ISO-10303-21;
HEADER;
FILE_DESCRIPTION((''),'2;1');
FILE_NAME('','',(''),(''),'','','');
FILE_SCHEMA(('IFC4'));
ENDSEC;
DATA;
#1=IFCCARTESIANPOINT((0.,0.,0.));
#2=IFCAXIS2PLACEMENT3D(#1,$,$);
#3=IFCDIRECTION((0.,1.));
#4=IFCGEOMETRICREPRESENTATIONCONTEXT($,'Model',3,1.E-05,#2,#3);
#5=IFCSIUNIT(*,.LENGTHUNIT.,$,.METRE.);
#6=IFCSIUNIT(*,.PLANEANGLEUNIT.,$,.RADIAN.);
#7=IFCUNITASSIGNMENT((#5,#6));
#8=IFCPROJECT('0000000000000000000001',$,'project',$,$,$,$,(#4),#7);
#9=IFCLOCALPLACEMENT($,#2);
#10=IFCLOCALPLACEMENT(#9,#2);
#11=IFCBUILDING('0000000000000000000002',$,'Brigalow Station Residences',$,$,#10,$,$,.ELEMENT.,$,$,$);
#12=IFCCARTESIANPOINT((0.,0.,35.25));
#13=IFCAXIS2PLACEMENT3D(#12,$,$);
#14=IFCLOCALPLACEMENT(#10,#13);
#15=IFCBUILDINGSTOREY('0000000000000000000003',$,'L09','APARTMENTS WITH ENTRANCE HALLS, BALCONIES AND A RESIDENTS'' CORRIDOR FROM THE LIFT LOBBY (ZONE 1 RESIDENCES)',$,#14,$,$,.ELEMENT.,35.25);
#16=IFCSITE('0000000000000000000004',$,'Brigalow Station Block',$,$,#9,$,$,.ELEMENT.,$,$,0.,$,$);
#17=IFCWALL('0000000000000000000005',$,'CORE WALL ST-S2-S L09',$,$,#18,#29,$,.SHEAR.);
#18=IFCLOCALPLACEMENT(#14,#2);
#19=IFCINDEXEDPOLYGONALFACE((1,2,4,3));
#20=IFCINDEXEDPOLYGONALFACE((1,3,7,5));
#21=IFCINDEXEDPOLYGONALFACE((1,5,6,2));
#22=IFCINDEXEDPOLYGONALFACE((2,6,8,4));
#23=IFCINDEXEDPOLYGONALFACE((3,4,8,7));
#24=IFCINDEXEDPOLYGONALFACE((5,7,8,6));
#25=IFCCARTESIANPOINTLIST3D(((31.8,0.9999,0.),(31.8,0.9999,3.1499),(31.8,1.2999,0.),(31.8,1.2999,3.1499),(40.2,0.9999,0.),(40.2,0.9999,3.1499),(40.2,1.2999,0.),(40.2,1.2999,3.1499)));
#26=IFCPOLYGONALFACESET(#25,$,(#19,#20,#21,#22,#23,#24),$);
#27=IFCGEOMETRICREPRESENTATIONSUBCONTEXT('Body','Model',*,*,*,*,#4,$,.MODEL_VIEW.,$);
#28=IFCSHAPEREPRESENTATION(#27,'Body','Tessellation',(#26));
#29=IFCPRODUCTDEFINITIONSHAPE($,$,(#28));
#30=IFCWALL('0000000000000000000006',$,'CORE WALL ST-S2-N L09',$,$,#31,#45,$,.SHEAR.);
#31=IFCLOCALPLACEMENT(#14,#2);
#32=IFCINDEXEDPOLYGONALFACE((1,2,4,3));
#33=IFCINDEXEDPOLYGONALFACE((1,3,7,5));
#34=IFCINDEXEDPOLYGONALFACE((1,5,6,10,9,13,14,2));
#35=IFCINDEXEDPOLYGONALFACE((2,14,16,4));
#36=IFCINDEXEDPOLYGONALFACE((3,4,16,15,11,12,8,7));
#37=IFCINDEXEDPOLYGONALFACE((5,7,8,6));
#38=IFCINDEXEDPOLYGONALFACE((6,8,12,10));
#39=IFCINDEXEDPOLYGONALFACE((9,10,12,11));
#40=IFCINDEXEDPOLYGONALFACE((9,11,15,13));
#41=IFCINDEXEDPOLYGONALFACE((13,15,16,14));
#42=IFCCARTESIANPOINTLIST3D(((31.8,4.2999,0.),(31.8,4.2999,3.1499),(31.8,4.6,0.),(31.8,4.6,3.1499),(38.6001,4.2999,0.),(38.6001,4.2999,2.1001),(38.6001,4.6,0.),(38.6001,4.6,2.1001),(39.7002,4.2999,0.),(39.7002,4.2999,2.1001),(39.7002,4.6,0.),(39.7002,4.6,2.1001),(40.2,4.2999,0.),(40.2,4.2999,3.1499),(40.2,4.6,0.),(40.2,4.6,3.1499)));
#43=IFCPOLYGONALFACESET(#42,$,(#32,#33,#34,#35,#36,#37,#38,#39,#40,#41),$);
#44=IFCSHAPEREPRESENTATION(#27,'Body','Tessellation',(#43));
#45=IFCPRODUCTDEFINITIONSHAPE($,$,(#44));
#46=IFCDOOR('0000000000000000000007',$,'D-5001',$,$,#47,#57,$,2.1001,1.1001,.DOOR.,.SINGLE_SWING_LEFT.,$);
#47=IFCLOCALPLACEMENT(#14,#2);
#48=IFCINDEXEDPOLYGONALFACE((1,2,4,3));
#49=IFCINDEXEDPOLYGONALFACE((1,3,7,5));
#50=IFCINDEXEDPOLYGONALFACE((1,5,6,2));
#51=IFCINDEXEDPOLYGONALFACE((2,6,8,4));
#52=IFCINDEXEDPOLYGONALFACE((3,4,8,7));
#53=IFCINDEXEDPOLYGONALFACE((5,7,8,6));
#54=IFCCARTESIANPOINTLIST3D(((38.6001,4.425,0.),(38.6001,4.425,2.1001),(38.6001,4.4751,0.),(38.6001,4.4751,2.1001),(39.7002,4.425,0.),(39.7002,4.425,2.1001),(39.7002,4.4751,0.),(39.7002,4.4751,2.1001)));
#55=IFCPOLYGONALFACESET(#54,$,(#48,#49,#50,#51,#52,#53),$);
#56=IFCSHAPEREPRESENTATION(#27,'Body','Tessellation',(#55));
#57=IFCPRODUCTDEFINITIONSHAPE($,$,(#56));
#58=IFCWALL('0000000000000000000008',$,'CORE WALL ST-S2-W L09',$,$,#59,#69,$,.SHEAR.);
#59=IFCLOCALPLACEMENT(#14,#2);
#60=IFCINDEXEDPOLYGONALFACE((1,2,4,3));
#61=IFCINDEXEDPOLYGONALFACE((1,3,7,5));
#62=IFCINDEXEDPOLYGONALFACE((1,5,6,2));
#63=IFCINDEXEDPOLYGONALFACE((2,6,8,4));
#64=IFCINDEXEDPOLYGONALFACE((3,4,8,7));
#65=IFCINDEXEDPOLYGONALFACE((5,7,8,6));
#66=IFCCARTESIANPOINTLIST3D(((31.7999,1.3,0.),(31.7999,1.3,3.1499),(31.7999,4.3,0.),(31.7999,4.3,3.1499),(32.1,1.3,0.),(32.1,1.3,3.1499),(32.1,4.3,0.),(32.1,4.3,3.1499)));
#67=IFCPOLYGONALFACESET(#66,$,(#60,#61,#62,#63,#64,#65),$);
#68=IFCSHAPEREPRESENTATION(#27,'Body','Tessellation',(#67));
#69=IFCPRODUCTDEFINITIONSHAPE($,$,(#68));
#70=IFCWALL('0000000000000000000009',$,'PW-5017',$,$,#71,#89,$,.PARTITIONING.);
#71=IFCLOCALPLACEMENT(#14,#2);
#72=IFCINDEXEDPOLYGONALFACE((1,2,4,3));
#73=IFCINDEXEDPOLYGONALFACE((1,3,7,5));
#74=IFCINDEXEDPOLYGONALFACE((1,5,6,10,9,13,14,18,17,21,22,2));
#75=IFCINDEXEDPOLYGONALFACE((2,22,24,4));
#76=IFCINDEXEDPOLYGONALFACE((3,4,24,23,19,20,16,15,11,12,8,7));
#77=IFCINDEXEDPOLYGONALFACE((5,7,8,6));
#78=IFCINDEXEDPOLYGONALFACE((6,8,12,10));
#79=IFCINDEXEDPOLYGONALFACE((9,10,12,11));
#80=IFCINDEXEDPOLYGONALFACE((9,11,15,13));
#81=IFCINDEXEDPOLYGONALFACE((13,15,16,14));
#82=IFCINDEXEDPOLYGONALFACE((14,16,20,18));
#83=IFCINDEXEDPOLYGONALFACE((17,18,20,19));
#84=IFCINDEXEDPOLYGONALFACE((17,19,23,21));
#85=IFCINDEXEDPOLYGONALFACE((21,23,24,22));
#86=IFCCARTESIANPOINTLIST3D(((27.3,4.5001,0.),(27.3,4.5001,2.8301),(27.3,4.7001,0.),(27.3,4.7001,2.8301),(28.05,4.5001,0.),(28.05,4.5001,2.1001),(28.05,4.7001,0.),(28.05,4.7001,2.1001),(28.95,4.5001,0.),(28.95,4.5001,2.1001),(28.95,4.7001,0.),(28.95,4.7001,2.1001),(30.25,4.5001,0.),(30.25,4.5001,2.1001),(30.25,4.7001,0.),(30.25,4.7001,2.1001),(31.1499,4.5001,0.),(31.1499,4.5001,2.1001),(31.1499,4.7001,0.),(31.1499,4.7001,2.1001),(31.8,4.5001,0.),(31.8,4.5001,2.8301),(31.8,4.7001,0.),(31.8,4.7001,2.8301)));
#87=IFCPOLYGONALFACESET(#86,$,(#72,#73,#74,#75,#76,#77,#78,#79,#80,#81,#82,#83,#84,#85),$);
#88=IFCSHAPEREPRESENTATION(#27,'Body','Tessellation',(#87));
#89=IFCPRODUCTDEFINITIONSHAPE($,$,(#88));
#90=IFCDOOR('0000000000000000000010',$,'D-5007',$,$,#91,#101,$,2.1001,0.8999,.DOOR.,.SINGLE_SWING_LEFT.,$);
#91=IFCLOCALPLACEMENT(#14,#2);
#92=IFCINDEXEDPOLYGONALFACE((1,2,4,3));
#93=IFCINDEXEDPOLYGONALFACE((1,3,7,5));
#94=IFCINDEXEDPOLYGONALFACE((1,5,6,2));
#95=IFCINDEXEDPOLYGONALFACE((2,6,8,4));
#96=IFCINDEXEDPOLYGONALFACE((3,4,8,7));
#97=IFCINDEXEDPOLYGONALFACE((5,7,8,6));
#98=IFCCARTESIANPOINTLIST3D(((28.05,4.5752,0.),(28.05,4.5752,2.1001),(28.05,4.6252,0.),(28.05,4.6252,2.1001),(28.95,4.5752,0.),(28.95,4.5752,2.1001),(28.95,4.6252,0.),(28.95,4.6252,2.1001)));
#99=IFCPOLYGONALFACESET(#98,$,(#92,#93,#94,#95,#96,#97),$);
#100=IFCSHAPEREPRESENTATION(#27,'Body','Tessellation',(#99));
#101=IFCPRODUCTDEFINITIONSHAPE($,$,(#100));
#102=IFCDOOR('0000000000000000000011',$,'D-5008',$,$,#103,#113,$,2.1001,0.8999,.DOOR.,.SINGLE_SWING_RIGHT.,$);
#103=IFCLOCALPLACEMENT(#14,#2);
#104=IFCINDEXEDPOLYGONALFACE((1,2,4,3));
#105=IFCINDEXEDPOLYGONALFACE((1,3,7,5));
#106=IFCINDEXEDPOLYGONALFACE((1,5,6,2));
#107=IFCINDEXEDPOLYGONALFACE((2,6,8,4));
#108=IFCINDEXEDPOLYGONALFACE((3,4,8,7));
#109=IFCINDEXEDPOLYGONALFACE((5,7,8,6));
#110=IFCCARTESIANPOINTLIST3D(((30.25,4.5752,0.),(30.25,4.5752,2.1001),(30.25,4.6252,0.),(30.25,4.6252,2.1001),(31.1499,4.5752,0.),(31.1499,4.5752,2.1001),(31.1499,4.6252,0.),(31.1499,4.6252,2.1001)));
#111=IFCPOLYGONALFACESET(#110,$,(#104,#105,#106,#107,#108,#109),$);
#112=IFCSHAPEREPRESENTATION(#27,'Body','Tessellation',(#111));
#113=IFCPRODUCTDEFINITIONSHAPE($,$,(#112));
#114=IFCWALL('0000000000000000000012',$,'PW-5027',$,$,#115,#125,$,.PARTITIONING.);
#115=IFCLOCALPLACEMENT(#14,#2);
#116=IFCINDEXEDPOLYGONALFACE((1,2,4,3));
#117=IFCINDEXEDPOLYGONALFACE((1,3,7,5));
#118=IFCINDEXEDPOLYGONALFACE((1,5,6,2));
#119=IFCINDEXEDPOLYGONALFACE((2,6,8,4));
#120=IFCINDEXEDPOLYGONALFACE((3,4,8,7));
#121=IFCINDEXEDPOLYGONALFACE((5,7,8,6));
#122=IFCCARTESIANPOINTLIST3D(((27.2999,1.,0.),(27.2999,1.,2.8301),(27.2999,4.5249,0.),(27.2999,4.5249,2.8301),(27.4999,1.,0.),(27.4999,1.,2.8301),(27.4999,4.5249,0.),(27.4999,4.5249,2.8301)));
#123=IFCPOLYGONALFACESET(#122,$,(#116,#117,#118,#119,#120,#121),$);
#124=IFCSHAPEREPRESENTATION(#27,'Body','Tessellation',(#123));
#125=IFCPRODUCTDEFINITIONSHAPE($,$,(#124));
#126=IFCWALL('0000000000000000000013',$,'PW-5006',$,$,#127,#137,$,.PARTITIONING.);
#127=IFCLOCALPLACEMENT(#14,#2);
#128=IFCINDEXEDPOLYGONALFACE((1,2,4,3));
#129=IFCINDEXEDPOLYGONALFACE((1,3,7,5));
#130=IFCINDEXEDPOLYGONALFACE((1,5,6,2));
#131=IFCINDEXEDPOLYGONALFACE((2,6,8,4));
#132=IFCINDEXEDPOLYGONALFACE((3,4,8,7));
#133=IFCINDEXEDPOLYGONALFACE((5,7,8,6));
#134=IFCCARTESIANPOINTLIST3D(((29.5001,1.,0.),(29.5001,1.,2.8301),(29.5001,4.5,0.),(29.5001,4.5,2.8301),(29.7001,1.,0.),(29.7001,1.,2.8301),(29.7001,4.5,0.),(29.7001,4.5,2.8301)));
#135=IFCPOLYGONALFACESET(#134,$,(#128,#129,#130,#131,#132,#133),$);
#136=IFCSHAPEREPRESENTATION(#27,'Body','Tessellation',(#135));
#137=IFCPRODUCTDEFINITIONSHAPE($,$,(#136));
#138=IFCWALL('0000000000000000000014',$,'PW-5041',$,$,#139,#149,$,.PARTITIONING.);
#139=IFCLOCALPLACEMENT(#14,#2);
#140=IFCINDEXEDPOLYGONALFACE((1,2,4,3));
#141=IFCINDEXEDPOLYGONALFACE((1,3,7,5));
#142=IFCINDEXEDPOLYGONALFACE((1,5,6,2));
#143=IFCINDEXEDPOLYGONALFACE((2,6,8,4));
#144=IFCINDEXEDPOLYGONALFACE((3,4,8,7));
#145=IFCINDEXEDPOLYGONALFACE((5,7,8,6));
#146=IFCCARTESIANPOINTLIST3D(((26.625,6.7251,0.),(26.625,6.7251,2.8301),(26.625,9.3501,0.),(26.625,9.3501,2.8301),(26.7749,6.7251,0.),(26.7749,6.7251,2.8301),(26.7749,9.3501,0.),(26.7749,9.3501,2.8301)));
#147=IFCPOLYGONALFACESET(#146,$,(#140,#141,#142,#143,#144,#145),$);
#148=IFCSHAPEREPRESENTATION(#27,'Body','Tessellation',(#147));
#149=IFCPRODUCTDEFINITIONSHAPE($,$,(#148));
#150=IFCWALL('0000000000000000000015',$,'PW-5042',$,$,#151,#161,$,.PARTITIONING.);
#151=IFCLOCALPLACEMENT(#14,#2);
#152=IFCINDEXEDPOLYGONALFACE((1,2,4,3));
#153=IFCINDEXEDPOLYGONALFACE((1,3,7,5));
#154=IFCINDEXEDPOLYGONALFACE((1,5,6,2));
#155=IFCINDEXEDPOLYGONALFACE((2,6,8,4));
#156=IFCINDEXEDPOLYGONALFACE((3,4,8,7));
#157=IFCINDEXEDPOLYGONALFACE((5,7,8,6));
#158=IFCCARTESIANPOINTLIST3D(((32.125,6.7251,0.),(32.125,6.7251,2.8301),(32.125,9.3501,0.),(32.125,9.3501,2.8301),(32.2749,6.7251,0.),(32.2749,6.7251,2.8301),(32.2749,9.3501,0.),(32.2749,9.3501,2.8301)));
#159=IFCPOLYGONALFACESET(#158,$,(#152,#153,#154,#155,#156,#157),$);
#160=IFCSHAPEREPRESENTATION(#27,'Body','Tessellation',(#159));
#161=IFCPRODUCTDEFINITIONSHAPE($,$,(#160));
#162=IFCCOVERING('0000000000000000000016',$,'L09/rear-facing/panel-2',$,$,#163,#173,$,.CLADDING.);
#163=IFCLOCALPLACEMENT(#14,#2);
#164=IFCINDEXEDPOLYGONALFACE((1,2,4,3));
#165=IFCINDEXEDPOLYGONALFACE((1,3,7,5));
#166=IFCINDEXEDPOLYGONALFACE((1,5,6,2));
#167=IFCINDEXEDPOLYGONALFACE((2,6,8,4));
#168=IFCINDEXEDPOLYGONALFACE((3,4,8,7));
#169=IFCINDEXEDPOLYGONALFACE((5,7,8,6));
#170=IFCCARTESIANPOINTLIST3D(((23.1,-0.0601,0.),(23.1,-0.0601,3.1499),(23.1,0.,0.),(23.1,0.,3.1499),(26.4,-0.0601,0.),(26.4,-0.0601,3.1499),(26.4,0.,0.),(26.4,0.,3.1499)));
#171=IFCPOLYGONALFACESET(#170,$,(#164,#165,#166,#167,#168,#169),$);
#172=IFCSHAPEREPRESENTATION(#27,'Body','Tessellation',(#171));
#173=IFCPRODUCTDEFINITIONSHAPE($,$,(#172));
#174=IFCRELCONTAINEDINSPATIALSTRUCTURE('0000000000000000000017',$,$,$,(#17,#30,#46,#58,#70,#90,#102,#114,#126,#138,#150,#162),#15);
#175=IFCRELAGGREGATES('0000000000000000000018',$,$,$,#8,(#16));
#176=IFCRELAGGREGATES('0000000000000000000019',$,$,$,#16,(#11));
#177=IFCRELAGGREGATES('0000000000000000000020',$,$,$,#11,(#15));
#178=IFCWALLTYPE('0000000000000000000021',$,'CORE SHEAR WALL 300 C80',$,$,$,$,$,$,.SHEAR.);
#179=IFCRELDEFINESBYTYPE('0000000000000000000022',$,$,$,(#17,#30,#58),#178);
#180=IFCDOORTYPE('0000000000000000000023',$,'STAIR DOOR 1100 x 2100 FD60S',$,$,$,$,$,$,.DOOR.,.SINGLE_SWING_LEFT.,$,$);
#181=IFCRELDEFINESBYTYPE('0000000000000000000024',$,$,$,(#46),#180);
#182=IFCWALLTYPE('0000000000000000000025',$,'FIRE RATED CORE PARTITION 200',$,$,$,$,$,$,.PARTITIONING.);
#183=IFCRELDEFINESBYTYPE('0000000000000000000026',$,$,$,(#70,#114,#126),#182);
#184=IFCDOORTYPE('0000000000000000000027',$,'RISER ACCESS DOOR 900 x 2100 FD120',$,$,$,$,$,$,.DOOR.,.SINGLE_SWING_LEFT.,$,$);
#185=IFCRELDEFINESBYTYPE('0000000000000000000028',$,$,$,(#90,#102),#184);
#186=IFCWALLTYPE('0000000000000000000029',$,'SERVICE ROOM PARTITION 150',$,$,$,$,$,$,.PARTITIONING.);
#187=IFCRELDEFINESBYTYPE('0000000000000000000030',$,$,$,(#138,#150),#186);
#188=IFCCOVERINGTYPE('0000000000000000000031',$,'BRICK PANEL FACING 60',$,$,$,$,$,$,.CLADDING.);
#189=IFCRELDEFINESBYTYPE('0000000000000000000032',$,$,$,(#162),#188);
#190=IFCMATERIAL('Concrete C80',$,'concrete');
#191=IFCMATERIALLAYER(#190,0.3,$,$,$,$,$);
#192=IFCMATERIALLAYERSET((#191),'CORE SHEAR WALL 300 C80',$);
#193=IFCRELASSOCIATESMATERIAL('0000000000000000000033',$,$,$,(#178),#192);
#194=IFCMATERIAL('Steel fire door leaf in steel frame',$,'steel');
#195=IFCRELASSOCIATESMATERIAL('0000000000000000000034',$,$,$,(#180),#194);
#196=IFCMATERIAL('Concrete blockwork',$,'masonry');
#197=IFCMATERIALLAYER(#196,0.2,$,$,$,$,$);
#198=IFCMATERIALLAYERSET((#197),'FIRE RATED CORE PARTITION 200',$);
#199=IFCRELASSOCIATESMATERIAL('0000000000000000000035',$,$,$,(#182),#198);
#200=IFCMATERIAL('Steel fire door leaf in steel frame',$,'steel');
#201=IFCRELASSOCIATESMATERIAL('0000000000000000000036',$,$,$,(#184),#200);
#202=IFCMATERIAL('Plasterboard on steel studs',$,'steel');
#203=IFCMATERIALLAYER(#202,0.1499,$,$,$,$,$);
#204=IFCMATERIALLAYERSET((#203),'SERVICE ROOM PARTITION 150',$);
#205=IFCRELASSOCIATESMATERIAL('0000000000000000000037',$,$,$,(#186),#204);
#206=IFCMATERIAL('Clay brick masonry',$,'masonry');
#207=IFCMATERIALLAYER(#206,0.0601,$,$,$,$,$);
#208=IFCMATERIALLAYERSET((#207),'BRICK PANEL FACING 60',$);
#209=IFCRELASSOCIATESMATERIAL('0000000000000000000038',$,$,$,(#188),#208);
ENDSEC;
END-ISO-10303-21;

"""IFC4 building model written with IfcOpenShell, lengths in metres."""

from ifc_helpers import new_model, si_unit, direction, frame, frame_2d, origin, origin_2d, place, context, subcontext, project, spatial, rectangle, extrude, material, layer, layer_set, type_object, element, fill, save


model = new_model("IFC4")

# Units and contexts
model_context = context("Model", 3, precision=1e-05, world=origin(), true_north=direction((0.0, 1.0)))
body_context = subcontext(model_context, "Body", "Model", "MODEL_VIEW")
ifc_project = project(units=[si_unit("LENGTHUNIT", "METRE"), si_unit("PLANEANGLEUNIT", "RADIAN")], contexts=[model_context])

# Site, building, storey
site_placement = place(None, origin())
site = spatial("IfcSite", under=ifc_project, at=site_placement, Name="Brigalow Station Block", CompositionType="ELEMENT", RefElevation=0.0)
building_placement = place(site_placement, origin())
building = spatial("IfcBuilding", under=site, at=building_placement, Name="Brigalow Station Residences", CompositionType="ELEMENT")
storey_placement = place(building_placement, frame((0.0, 0.0, 35.25)))
storey = spatial("IfcBuildingStorey", under=building, at=storey_placement, Name="L09", Description="APARTMENTS WITH ENTRANCE HALLS, BALCONIES AND A RESIDENTS' CORRIDOR FROM THE LIFT LOBBY (ZONE 1 RESIDENCES)", CompositionType="ELEMENT", Elevation=35.25)

# Wall
ifc_material_1 = material(Name="Concrete C80", Category="concrete")
ifc_layer_1 = layer(ifc_material_1, 0.3)
ifc_layer_set_1 = layer_set([ifc_layer_1], Name="CORE SHEAR WALL 300 C80")
wall_type_1 = type_object("IfcWallType", Name="CORE SHEAR WALL 300 C80", PredefinedType="SHEAR", material=ifc_layer_set_1)
wall_1_placement = place(storey_placement, frame((31.8, 1.1499, 0.0), z_axis=(0.0, 0.0, 1.0), x_axis=(1.0, 0.0, 0.0)))
element("IfcWall", 1, at=wall_1_placement, inside=storey, type_object=wall_type_1, Name="CORE WALL ST-S2-S L09", PredefinedType="SHEAR", context=body_context, shape_type="SweptSolid", body=[
    extrude(rectangle(XDim=8.3999, YDim=0.3, at=frame_2d((4.2, 0.0))), origin(), (0.0, 0.0, 1.0), 3.1499),
])

# Wall, opening, door
wall_2_placement = place(storey_placement, frame((31.8, 4.45, 0.0), z_axis=(0.0, 0.0, 1.0), x_axis=(1.0, 0.0, 0.0)))
wall_2 = element("IfcWall", 2, at=wall_2_placement, inside=storey, type_object=wall_type_1, Name="CORE WALL ST-S2-N L09", PredefinedType="SHEAR", context=body_context, shape_type="SweptSolid", body=[
    extrude(rectangle(XDim=8.3999, YDim=0.3, at=frame_2d((4.2, 0.0))), origin(), (0.0, 0.0, 1.0), 3.1499),
])
opening_1_placement = place(wall_2_placement, frame((6.8, 0.0, 0.0)))
opening_1 = element("IfcOpeningElement", 3, at=opening_1_placement, cuts=wall_2, PredefinedType="OPENING", context=body_context, shape_type="SweptSolid", body=[
    extrude(rectangle(XDim=1.1001, YDim=2.1001, at=frame_2d((0.55, 1.05))), frame((0.0, 0.1602, 0.0), z_axis=(0.0, -1.0, 0.0), x_axis=(1.0, 0.0, 0.0)), (0.0, 0.0, 1.0), 0.3201),
])
ifc_material_2 = material(Name="Steel fire door leaf in steel frame", Category="steel")
door_type_1 = type_object("IfcDoorType", Name="STAIR DOOR 1100 x 2100 FD60S", OperationType="SINGLE_SWING_LEFT", PredefinedType="DOOR", material=ifc_material_2)
door_1_placement = place(opening_1_placement, frame((1.1001, 0.0, 0.0), z_axis=(0.0, 0.0, 1.0), x_axis=(-1.0, 0.0, 0.0)))
door_1 = element("IfcDoor", 4, at=door_1_placement, inside=storey, type_object=door_type_1, Name="D-5001", OperationType="SINGLE_SWING_LEFT", OverallHeight=2.1001, OverallWidth=1.1001, PredefinedType="DOOR", context=body_context, shape_type="SweptSolid", body=[
    extrude(rectangle(XDim=1.1001, YDim=2.1001, at=frame_2d((0.55, 1.05))), frame((0.0, 0.0249, 0.0), z_axis=(0.0, -1.0, 0.0), x_axis=(1.0, 0.0, 0.0)), (0.0, 0.0, 1.0), 0.05),
])
fill(opening_1, door_1)

# Wall
wall_3_placement = place(storey_placement, frame((31.95, 1.3, 0.0), z_axis=(0.0, 0.0, 1.0), x_axis=(0.0, 1.0, 0.0)))
element("IfcWall", 5, at=wall_3_placement, inside=storey, type_object=wall_type_1, Name="CORE WALL ST-S2-W L09", PredefinedType="SHEAR", context=body_context, shape_type="SweptSolid", body=[
    extrude(rectangle(XDim=3.0, YDim=0.3, at=frame_2d((1.5, 0.0))), origin(), (0.0, 0.0, 1.0), 3.1499),
])

# Wall, openings, doors
ifc_material_3 = material(Name="Concrete blockwork", Category="masonry")
ifc_layer_2 = layer(ifc_material_3, 0.2)
ifc_layer_set_2 = layer_set([ifc_layer_2], Name="FIRE RATED CORE PARTITION 200")
wall_type_2 = type_object("IfcWallType", Name="FIRE RATED CORE PARTITION 200", PredefinedType="PARTITIONING", material=ifc_layer_set_2)
wall_4_placement = place(storey_placement, frame((27.3, 4.6001, 0.0), z_axis=(0.0, 0.0, 1.0), x_axis=(1.0, 0.0, 0.0)))
wall_4 = element("IfcWall", 6, at=wall_4_placement, inside=storey, type_object=wall_type_2, Name="PW-5017", PredefinedType="PARTITIONING", context=body_context, shape_type="SweptSolid", body=[
    extrude(rectangle(XDim=4.5, YDim=0.2, at=frame_2d((2.25, 0.0))), origin(), (0.0, 0.0, 1.0), 2.8301),
])
opening_2_placement = place(wall_4_placement, frame((0.75, 0.0, 0.0)))
opening_2 = element("IfcOpeningElement", 7, at=opening_2_placement, cuts=wall_4, PredefinedType="OPENING", context=body_context, shape_type="SweptSolid", body=[
    extrude(rectangle(XDim=0.8999, YDim=2.1001, at=frame_2d((0.45, 1.05))), frame((0.0, 0.1099, 0.0), z_axis=(0.0, -1.0, 0.0), x_axis=(1.0, 0.0, 0.0)), (0.0, 0.0, 1.0), 0.22),
])
opening_3_placement = place(wall_4_placement, frame((2.95, 0.0, 0.0)))
opening_3 = element("IfcOpeningElement", 8, at=opening_3_placement, cuts=wall_4, PredefinedType="OPENING", context=body_context, shape_type="SweptSolid", body=[
    extrude(rectangle(XDim=0.8999, YDim=2.1001, at=frame_2d((0.45, 1.05))), frame((0.0, 0.1099, 0.0), z_axis=(0.0, -1.0, 0.0), x_axis=(1.0, 0.0, 0.0)), (0.0, 0.0, 1.0), 0.22),
])
ifc_material_4 = material(Name="Steel fire door leaf in steel frame", Category="steel")
door_type_2 = type_object("IfcDoorType", Name="RISER ACCESS DOOR 900 x 2100 FD120", OperationType="SINGLE_SWING_LEFT", PredefinedType="DOOR", material=ifc_material_4)
door_2_placement = place(opening_2_placement, frame((0.8999, 0.0, 0.0), z_axis=(0.0, 0.0, 1.0), x_axis=(-1.0, 0.0, 0.0)))
door_2 = element("IfcDoor", 9, at=door_2_placement, inside=storey, type_object=door_type_2, Name="D-5007", OperationType="SINGLE_SWING_LEFT", OverallHeight=2.1001, OverallWidth=0.8999, PredefinedType="DOOR", context=body_context, shape_type="SweptSolid", body=[
    extrude(rectangle(XDim=0.8999, YDim=2.1001, at=frame_2d((0.45, 1.05))), frame((0.0, 0.0249, 0.0), z_axis=(0.0, -1.0, 0.0), x_axis=(1.0, 0.0, 0.0)), (0.0, 0.0, 1.0), 0.05),
])
fill(opening_2, door_2)
door_3_placement = place(opening_3_placement, frame((0.8999, 0.0, 0.0), z_axis=(0.0, 0.0, 1.0), x_axis=(-1.0, 0.0, 0.0)))
door_3 = element("IfcDoor", 10, at=door_3_placement, inside=storey, type_object=door_type_2, Name="D-5008", OperationType="SINGLE_SWING_RIGHT", OverallHeight=2.1001, OverallWidth=0.8999, PredefinedType="DOOR", context=body_context, shape_type="SweptSolid", body=[
    extrude(rectangle(XDim=0.8999, YDim=2.1001, at=frame_2d((0.45, 1.05))), frame((0.0, 0.0249, 0.0), z_axis=(0.0, -1.0, 0.0), x_axis=(1.0, 0.0, 0.0)), (0.0, 0.0, 1.0), 0.05),
])
fill(opening_3, door_3)

# Walls
wall_5_placement = place(storey_placement, frame((27.3999, 1.0, 0.0), z_axis=(0.0, 0.0, 1.0), x_axis=(0.0, 1.0, 0.0)))
element("IfcWall", 11, at=wall_5_placement, inside=storey, type_object=wall_type_2, Name="PW-5027", PredefinedType="PARTITIONING", context=body_context, shape_type="SweptSolid", body=[
    extrude(rectangle(XDim=3.5249, YDim=0.2, at=frame_2d((1.7625, 0.0))), origin(), (0.0, 0.0, 1.0), 2.8301),
])
wall_6_placement = place(storey_placement, frame((29.6001, 1.0, 0.0), z_axis=(0.0, 0.0, 1.0), x_axis=(0.0, 1.0, 0.0)))
element("IfcWall", 12, at=wall_6_placement, inside=storey, type_object=wall_type_2, Name="PW-5006", PredefinedType="PARTITIONING", context=body_context, shape_type="SweptSolid", body=[
    extrude(rectangle(XDim=3.5, YDim=0.2, at=frame_2d((1.75, 0.0))), origin(), (0.0, 0.0, 1.0), 2.8301),
])
ifc_material_5 = material(Name="Plasterboard on steel studs", Category="steel")
ifc_layer_3 = layer(ifc_material_5, 0.1499)
ifc_layer_set_3 = layer_set([ifc_layer_3], Name="SERVICE ROOM PARTITION 150")
wall_type_3 = type_object("IfcWallType", Name="SERVICE ROOM PARTITION 150", PredefinedType="PARTITIONING", material=ifc_layer_set_3)
for number, where, z_axis, x_axis, name in (
    (13, (26.7, 6.7251, 0.0), (0.0, 0.0, 1.0), (0.0, 1.0, 0.0), "PW-5041"),
    (14, (32.2, 6.7251, 0.0), (0.0, 0.0, 1.0), (0.0, 1.0, 0.0), "PW-5042"),
):
    element("IfcWall", number, at=place(storey_placement, frame(where, z_axis=z_axis, x_axis=x_axis)), inside=storey, type_object=wall_type_3, Name=name, PredefinedType="PARTITIONING", context=body_context, shape_type="SweptSolid", body=[
        extrude(rectangle(XDim=2.625, YDim=0.1499, at=frame_2d((1.3125, 0.0))), origin(), (0.0, 0.0, 1.0), 2.8301),
    ])

# Covering
ifc_material_6 = material(Name="Clay brick masonry", Category="masonry")
ifc_layer_4 = layer(ifc_material_6, 0.0601)
ifc_layer_set_4 = layer_set([ifc_layer_4], Name="BRICK PANEL FACING 60")
covering_type_1 = type_object("IfcCoveringType", Name="BRICK PANEL FACING 60", PredefinedType="CLADDING", material=ifc_layer_set_4)
for number, where, z_axis, x_axis, name in (
    (15, (24.75, -0.03, 0.0), (0.0, 0.0, 1.0), (1.0, 0.0, 0.0), "L09/rear-facing/panel-2"),
):
    element("IfcCovering", number, at=place(storey_placement, frame(where, z_axis=z_axis, x_axis=x_axis)), inside=storey, type_object=covering_type_1, Name=name, PredefinedType="CLADDING", context=body_context, shape_type="SweptSolid", body=[
        extrude(rectangle(XDim=3.3, YDim=0.0601, at=origin_2d()), origin(), (0.0, 0.0, 1.0), 3.1499),
    ])

save(model, "model.ifc")
